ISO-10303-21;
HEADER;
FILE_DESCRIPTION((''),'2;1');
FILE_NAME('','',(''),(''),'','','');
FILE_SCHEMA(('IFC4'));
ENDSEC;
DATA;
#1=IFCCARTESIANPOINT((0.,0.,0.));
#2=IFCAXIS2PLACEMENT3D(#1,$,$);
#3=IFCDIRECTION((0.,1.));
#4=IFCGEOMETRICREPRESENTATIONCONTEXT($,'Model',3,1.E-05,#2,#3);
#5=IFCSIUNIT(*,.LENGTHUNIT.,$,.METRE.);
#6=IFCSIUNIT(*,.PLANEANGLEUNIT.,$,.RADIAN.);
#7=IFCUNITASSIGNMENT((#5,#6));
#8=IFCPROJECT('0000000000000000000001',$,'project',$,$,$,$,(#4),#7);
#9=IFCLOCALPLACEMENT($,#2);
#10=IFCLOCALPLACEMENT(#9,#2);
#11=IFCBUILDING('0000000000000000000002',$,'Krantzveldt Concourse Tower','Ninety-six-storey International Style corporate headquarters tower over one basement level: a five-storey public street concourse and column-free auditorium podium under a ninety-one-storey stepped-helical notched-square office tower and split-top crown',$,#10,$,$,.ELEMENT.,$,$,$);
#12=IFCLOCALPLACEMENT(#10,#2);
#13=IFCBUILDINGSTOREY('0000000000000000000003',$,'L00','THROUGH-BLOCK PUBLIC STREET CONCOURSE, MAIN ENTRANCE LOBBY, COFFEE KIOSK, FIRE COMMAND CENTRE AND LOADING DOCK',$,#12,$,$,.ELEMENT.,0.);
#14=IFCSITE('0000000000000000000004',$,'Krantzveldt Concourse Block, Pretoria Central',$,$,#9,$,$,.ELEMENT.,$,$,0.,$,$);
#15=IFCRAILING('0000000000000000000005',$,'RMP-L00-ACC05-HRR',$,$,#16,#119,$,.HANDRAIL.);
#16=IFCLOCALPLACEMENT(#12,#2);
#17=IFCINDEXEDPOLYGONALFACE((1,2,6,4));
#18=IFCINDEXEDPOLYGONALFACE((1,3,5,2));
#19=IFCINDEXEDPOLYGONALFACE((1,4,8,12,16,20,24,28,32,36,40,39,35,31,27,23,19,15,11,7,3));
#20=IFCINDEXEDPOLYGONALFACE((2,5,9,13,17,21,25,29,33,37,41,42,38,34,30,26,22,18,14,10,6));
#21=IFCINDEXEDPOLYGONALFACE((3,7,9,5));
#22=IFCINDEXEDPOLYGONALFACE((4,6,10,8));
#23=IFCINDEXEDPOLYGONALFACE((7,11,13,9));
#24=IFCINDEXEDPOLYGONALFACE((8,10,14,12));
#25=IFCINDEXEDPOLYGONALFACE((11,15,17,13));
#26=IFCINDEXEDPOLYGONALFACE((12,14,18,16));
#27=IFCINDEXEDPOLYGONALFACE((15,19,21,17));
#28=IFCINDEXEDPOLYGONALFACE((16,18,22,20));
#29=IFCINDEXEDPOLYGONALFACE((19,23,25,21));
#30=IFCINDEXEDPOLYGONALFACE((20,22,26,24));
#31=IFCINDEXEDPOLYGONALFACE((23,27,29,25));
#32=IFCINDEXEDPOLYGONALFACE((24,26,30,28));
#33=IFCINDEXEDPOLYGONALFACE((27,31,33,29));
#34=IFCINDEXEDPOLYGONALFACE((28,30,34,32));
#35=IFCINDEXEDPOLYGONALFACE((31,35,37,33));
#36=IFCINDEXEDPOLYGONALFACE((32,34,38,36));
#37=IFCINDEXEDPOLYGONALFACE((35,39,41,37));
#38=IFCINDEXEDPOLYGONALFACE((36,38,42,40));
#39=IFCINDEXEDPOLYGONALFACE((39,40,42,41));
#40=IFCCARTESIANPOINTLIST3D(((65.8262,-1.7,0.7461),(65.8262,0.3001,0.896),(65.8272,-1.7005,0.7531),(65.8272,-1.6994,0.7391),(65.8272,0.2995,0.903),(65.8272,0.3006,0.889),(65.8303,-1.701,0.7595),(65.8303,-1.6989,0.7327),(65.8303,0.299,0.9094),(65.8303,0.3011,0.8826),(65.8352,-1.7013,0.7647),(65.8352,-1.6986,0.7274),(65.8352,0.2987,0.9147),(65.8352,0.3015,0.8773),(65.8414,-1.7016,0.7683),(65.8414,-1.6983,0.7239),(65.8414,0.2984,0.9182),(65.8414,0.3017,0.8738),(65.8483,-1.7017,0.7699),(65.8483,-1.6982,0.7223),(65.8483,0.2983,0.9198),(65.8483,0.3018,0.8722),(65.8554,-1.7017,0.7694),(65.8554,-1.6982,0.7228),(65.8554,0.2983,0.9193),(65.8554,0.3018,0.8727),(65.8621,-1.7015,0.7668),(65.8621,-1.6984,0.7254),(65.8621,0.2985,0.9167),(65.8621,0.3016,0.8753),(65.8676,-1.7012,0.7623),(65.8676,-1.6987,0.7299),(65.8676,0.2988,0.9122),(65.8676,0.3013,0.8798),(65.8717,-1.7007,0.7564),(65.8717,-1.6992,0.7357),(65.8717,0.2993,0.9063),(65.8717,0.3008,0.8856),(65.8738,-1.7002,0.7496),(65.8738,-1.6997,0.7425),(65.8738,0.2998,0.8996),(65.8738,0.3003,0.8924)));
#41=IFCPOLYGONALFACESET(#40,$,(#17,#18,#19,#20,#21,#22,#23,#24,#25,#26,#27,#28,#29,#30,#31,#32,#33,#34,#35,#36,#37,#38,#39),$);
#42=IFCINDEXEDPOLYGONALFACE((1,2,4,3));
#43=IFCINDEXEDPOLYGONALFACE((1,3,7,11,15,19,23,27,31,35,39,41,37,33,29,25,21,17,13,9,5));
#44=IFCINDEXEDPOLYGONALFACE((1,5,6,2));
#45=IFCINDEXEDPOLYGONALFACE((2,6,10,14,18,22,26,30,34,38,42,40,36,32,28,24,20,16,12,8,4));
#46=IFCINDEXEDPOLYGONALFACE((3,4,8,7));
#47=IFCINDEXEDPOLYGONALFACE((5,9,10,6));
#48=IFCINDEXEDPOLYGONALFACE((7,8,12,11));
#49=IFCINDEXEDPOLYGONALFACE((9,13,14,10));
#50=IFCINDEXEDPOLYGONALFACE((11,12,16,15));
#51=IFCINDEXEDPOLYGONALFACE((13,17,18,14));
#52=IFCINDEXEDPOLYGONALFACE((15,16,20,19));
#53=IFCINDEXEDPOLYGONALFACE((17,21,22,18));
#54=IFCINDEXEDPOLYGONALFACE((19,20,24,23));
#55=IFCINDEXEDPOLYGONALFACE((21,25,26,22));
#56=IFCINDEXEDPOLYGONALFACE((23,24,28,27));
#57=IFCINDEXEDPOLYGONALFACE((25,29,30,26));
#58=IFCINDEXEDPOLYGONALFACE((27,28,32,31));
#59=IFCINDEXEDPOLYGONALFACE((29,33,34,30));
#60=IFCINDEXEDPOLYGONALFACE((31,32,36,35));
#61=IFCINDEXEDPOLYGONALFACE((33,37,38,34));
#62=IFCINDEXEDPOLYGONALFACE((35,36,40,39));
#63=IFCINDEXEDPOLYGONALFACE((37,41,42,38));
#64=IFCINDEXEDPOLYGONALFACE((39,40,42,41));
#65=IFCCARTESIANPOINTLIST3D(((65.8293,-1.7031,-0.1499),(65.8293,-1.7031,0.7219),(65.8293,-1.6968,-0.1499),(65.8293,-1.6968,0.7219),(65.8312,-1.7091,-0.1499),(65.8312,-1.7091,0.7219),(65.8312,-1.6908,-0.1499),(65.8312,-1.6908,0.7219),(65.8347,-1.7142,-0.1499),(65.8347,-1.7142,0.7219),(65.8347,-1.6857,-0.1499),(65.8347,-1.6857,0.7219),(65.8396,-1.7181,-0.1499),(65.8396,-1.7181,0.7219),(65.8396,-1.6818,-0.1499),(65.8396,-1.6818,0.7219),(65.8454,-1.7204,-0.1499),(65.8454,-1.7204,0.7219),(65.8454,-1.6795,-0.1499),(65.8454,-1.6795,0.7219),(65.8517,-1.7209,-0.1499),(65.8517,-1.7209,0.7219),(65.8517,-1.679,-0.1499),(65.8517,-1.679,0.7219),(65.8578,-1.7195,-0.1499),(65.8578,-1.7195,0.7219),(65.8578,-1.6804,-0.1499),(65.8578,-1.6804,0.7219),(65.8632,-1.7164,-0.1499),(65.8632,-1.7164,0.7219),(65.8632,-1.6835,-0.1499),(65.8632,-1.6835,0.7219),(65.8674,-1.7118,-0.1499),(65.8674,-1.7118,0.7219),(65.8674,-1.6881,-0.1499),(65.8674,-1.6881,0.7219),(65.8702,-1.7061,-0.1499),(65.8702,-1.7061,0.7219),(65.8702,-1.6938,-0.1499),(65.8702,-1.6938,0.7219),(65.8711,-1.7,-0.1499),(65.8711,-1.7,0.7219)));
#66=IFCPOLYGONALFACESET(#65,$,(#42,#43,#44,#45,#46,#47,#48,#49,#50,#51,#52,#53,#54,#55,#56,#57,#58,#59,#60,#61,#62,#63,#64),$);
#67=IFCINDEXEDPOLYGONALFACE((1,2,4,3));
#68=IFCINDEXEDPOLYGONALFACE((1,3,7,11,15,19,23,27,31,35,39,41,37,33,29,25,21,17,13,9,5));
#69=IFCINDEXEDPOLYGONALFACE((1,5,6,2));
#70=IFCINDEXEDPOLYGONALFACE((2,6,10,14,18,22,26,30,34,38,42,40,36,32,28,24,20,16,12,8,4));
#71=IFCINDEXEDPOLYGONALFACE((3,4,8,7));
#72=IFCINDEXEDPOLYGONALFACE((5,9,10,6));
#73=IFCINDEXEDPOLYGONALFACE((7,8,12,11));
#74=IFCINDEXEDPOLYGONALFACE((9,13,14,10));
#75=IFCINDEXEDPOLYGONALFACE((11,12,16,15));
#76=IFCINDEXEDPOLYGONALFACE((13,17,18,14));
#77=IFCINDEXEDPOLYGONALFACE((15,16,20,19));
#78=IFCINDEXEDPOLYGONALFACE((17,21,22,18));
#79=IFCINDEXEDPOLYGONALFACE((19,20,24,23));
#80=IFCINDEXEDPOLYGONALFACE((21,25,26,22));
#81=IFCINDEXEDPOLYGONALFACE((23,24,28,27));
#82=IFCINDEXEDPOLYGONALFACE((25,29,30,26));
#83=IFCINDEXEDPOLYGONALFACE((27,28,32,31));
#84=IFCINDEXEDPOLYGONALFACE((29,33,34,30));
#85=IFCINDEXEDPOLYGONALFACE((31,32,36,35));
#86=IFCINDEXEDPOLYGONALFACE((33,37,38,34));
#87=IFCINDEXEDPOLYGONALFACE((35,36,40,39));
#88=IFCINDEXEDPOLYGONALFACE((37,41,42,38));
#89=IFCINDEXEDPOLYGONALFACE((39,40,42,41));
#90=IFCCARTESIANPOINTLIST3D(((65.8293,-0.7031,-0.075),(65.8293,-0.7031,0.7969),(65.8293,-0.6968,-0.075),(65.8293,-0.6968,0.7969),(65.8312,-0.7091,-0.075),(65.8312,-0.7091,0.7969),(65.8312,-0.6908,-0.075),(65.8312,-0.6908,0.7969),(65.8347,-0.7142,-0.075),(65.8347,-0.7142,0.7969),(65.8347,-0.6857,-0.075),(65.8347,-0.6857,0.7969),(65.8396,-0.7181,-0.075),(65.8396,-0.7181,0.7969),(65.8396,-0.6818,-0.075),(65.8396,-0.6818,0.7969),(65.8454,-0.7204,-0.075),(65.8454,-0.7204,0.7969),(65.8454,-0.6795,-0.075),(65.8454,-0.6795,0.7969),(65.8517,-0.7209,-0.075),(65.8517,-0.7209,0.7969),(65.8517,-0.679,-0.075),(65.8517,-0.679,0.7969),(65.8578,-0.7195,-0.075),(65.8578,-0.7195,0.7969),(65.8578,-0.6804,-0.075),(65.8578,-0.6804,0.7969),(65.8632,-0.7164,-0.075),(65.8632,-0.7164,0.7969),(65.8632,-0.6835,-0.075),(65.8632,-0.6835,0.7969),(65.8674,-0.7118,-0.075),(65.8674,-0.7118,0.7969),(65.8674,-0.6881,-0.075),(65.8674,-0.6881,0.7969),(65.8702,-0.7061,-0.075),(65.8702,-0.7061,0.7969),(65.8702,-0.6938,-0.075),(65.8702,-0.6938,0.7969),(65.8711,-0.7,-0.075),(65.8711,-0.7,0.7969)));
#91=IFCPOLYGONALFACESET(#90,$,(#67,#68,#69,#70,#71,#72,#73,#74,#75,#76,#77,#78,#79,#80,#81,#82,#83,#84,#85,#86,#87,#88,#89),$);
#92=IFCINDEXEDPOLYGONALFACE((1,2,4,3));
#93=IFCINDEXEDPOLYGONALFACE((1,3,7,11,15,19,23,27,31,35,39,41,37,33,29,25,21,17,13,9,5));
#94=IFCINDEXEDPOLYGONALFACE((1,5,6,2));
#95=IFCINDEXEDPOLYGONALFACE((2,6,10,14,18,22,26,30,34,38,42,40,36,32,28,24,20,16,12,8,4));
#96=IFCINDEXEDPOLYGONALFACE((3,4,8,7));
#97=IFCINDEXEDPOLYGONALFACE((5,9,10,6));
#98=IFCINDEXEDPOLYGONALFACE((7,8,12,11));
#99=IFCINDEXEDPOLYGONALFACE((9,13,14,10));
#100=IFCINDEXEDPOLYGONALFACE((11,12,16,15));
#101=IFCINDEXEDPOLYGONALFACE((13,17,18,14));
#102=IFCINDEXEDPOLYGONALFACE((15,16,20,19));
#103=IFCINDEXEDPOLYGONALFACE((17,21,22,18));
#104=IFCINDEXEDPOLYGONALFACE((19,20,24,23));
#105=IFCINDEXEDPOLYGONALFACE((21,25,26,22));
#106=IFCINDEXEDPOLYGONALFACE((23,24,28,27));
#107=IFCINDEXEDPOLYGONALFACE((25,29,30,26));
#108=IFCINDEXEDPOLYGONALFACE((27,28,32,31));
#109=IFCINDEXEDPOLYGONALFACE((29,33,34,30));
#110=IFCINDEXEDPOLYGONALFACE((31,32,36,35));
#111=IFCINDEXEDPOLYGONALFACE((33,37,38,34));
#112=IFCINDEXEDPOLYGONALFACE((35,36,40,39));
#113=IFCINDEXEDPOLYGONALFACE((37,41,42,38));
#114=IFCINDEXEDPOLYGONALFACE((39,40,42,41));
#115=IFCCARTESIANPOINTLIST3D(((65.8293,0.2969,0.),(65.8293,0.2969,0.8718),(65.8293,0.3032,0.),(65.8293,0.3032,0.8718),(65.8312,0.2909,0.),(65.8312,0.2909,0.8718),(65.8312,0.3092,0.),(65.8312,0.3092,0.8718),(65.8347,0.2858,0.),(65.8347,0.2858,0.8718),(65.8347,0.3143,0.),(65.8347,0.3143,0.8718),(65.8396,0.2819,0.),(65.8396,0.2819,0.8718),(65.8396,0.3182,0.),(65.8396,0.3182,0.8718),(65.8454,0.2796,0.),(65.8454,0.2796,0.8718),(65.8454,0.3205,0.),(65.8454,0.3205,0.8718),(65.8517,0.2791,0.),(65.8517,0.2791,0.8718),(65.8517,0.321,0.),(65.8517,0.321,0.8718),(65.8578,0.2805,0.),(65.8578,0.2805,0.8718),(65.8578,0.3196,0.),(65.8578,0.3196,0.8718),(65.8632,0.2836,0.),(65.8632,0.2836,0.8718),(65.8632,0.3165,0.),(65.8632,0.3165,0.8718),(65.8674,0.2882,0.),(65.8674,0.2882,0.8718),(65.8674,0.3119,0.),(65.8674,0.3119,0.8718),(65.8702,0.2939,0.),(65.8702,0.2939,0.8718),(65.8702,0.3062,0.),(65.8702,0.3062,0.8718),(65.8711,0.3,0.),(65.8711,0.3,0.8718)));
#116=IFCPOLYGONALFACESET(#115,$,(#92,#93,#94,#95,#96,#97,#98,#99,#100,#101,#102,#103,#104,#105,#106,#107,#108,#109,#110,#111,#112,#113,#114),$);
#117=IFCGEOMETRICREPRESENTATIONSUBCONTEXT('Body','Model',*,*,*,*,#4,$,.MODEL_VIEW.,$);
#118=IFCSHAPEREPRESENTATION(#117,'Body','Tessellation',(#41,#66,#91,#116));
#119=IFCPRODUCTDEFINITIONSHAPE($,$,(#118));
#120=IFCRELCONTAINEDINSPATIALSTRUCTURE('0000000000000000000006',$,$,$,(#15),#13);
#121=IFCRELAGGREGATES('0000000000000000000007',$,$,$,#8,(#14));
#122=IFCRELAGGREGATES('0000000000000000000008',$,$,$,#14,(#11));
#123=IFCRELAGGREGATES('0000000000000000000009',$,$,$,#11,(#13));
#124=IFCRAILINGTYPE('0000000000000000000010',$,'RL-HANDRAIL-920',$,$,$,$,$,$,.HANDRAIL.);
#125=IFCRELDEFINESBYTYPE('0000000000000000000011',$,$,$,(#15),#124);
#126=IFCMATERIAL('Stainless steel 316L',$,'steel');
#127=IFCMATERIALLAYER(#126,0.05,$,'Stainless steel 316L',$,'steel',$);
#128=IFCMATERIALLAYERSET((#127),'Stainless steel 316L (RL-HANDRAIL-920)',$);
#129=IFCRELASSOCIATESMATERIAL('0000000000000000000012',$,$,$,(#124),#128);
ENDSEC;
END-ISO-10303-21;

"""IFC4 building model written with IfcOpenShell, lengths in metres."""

from ifc_helpers import new_model, si_unit, direction, frame, origin, origin_2d, place, context, subcontext, project, spatial, circle, extrude, material, layer, layer_set, type_object, element, save


model = new_model("IFC4")

# Units and contexts
model_context = context("Model", 3, precision=1e-05, world=origin(), true_north=direction((0.0, 1.0)))
body_context = subcontext(model_context, "Body", "Model", "MODEL_VIEW")
ifc_project = project(units=[si_unit("LENGTHUNIT", "METRE"), si_unit("PLANEANGLEUNIT", "RADIAN")], contexts=[model_context])

# Site, building, storey
site_placement = place(None, origin())
site = spatial("IfcSite", under=ifc_project, at=site_placement, Name="Krantzveldt Concourse Block, Pretoria Central", CompositionType="ELEMENT", RefElevation=0.0)
building_placement = place(site_placement, origin())
building = spatial("IfcBuilding", under=site, at=building_placement, Name="Krantzveldt Concourse Tower", Description="Ninety-six-storey International Style corporate headquarters tower over one basement level: a five-storey public street concourse and column-free auditorium podium under a ninety-one-storey stepped-helical notched-square office tower and split-top crown", CompositionType="ELEMENT")
storey_placement = place(building_placement, origin())
storey = spatial("IfcBuildingStorey", under=building, at=storey_placement, Name="L00", Description="THROUGH-BLOCK PUBLIC STREET CONCOURSE, MAIN ENTRANCE LOBBY, COFFEE KIOSK, FIRE COMMAND CENTRE AND LOADING DOCK", CompositionType="ELEMENT", Elevation=0.0)

# Railing
ifc_material_1 = material(Name="Stainless steel 316L", Category="steel")
ifc_layer_1 = layer(ifc_material_1, 0.05, Name="Stainless steel 316L", Category="steel")
ifc_layer_set_1 = layer_set([ifc_layer_1], Name="Stainless steel 316L (RL-HANDRAIL-920)")
railing_type_1 = type_object("IfcRailingType", Name="RL-HANDRAIL-920", PredefinedType="HANDRAIL", material=ifc_layer_set_1)
for number, where, name in (
    (1, (65.8501, -1.7, -0.1499), "RMP-L00-ACC05-HRR"),
):
    element("IfcRailing", number, at=place(storey_placement, frame(where)), inside=storey, type_object=railing_type_1, Name=name, PredefinedType="HANDRAIL", context=body_context, shape_type="SweptSolid", body=[
        extrude(circle(Radius=0.0239, at=origin_2d()), frame((0.0, 0.0, 0.896), z_axis=(0.0, 0.997203, 0.074742), x_axis=(-1.0, 0.0, 0.0)), (0.0, 0.0, 1.0), 2.0056),
        extrude(circle(Radius=0.021, at=origin_2d()), origin(), (0.0, 0.0, 1.0), 0.8718),
        extrude(circle(Radius=0.021, at=origin_2d()), frame((0.0, 1.0, 0.075)), (0.0, 0.0, 1.0), 0.8718),
        extrude(circle(Radius=0.021, at=origin_2d()), frame((0.0, 2.0, 0.1499)), (0.0, 0.0, 1.0), 0.8718),
    ])

save(model, "model.ifc")
